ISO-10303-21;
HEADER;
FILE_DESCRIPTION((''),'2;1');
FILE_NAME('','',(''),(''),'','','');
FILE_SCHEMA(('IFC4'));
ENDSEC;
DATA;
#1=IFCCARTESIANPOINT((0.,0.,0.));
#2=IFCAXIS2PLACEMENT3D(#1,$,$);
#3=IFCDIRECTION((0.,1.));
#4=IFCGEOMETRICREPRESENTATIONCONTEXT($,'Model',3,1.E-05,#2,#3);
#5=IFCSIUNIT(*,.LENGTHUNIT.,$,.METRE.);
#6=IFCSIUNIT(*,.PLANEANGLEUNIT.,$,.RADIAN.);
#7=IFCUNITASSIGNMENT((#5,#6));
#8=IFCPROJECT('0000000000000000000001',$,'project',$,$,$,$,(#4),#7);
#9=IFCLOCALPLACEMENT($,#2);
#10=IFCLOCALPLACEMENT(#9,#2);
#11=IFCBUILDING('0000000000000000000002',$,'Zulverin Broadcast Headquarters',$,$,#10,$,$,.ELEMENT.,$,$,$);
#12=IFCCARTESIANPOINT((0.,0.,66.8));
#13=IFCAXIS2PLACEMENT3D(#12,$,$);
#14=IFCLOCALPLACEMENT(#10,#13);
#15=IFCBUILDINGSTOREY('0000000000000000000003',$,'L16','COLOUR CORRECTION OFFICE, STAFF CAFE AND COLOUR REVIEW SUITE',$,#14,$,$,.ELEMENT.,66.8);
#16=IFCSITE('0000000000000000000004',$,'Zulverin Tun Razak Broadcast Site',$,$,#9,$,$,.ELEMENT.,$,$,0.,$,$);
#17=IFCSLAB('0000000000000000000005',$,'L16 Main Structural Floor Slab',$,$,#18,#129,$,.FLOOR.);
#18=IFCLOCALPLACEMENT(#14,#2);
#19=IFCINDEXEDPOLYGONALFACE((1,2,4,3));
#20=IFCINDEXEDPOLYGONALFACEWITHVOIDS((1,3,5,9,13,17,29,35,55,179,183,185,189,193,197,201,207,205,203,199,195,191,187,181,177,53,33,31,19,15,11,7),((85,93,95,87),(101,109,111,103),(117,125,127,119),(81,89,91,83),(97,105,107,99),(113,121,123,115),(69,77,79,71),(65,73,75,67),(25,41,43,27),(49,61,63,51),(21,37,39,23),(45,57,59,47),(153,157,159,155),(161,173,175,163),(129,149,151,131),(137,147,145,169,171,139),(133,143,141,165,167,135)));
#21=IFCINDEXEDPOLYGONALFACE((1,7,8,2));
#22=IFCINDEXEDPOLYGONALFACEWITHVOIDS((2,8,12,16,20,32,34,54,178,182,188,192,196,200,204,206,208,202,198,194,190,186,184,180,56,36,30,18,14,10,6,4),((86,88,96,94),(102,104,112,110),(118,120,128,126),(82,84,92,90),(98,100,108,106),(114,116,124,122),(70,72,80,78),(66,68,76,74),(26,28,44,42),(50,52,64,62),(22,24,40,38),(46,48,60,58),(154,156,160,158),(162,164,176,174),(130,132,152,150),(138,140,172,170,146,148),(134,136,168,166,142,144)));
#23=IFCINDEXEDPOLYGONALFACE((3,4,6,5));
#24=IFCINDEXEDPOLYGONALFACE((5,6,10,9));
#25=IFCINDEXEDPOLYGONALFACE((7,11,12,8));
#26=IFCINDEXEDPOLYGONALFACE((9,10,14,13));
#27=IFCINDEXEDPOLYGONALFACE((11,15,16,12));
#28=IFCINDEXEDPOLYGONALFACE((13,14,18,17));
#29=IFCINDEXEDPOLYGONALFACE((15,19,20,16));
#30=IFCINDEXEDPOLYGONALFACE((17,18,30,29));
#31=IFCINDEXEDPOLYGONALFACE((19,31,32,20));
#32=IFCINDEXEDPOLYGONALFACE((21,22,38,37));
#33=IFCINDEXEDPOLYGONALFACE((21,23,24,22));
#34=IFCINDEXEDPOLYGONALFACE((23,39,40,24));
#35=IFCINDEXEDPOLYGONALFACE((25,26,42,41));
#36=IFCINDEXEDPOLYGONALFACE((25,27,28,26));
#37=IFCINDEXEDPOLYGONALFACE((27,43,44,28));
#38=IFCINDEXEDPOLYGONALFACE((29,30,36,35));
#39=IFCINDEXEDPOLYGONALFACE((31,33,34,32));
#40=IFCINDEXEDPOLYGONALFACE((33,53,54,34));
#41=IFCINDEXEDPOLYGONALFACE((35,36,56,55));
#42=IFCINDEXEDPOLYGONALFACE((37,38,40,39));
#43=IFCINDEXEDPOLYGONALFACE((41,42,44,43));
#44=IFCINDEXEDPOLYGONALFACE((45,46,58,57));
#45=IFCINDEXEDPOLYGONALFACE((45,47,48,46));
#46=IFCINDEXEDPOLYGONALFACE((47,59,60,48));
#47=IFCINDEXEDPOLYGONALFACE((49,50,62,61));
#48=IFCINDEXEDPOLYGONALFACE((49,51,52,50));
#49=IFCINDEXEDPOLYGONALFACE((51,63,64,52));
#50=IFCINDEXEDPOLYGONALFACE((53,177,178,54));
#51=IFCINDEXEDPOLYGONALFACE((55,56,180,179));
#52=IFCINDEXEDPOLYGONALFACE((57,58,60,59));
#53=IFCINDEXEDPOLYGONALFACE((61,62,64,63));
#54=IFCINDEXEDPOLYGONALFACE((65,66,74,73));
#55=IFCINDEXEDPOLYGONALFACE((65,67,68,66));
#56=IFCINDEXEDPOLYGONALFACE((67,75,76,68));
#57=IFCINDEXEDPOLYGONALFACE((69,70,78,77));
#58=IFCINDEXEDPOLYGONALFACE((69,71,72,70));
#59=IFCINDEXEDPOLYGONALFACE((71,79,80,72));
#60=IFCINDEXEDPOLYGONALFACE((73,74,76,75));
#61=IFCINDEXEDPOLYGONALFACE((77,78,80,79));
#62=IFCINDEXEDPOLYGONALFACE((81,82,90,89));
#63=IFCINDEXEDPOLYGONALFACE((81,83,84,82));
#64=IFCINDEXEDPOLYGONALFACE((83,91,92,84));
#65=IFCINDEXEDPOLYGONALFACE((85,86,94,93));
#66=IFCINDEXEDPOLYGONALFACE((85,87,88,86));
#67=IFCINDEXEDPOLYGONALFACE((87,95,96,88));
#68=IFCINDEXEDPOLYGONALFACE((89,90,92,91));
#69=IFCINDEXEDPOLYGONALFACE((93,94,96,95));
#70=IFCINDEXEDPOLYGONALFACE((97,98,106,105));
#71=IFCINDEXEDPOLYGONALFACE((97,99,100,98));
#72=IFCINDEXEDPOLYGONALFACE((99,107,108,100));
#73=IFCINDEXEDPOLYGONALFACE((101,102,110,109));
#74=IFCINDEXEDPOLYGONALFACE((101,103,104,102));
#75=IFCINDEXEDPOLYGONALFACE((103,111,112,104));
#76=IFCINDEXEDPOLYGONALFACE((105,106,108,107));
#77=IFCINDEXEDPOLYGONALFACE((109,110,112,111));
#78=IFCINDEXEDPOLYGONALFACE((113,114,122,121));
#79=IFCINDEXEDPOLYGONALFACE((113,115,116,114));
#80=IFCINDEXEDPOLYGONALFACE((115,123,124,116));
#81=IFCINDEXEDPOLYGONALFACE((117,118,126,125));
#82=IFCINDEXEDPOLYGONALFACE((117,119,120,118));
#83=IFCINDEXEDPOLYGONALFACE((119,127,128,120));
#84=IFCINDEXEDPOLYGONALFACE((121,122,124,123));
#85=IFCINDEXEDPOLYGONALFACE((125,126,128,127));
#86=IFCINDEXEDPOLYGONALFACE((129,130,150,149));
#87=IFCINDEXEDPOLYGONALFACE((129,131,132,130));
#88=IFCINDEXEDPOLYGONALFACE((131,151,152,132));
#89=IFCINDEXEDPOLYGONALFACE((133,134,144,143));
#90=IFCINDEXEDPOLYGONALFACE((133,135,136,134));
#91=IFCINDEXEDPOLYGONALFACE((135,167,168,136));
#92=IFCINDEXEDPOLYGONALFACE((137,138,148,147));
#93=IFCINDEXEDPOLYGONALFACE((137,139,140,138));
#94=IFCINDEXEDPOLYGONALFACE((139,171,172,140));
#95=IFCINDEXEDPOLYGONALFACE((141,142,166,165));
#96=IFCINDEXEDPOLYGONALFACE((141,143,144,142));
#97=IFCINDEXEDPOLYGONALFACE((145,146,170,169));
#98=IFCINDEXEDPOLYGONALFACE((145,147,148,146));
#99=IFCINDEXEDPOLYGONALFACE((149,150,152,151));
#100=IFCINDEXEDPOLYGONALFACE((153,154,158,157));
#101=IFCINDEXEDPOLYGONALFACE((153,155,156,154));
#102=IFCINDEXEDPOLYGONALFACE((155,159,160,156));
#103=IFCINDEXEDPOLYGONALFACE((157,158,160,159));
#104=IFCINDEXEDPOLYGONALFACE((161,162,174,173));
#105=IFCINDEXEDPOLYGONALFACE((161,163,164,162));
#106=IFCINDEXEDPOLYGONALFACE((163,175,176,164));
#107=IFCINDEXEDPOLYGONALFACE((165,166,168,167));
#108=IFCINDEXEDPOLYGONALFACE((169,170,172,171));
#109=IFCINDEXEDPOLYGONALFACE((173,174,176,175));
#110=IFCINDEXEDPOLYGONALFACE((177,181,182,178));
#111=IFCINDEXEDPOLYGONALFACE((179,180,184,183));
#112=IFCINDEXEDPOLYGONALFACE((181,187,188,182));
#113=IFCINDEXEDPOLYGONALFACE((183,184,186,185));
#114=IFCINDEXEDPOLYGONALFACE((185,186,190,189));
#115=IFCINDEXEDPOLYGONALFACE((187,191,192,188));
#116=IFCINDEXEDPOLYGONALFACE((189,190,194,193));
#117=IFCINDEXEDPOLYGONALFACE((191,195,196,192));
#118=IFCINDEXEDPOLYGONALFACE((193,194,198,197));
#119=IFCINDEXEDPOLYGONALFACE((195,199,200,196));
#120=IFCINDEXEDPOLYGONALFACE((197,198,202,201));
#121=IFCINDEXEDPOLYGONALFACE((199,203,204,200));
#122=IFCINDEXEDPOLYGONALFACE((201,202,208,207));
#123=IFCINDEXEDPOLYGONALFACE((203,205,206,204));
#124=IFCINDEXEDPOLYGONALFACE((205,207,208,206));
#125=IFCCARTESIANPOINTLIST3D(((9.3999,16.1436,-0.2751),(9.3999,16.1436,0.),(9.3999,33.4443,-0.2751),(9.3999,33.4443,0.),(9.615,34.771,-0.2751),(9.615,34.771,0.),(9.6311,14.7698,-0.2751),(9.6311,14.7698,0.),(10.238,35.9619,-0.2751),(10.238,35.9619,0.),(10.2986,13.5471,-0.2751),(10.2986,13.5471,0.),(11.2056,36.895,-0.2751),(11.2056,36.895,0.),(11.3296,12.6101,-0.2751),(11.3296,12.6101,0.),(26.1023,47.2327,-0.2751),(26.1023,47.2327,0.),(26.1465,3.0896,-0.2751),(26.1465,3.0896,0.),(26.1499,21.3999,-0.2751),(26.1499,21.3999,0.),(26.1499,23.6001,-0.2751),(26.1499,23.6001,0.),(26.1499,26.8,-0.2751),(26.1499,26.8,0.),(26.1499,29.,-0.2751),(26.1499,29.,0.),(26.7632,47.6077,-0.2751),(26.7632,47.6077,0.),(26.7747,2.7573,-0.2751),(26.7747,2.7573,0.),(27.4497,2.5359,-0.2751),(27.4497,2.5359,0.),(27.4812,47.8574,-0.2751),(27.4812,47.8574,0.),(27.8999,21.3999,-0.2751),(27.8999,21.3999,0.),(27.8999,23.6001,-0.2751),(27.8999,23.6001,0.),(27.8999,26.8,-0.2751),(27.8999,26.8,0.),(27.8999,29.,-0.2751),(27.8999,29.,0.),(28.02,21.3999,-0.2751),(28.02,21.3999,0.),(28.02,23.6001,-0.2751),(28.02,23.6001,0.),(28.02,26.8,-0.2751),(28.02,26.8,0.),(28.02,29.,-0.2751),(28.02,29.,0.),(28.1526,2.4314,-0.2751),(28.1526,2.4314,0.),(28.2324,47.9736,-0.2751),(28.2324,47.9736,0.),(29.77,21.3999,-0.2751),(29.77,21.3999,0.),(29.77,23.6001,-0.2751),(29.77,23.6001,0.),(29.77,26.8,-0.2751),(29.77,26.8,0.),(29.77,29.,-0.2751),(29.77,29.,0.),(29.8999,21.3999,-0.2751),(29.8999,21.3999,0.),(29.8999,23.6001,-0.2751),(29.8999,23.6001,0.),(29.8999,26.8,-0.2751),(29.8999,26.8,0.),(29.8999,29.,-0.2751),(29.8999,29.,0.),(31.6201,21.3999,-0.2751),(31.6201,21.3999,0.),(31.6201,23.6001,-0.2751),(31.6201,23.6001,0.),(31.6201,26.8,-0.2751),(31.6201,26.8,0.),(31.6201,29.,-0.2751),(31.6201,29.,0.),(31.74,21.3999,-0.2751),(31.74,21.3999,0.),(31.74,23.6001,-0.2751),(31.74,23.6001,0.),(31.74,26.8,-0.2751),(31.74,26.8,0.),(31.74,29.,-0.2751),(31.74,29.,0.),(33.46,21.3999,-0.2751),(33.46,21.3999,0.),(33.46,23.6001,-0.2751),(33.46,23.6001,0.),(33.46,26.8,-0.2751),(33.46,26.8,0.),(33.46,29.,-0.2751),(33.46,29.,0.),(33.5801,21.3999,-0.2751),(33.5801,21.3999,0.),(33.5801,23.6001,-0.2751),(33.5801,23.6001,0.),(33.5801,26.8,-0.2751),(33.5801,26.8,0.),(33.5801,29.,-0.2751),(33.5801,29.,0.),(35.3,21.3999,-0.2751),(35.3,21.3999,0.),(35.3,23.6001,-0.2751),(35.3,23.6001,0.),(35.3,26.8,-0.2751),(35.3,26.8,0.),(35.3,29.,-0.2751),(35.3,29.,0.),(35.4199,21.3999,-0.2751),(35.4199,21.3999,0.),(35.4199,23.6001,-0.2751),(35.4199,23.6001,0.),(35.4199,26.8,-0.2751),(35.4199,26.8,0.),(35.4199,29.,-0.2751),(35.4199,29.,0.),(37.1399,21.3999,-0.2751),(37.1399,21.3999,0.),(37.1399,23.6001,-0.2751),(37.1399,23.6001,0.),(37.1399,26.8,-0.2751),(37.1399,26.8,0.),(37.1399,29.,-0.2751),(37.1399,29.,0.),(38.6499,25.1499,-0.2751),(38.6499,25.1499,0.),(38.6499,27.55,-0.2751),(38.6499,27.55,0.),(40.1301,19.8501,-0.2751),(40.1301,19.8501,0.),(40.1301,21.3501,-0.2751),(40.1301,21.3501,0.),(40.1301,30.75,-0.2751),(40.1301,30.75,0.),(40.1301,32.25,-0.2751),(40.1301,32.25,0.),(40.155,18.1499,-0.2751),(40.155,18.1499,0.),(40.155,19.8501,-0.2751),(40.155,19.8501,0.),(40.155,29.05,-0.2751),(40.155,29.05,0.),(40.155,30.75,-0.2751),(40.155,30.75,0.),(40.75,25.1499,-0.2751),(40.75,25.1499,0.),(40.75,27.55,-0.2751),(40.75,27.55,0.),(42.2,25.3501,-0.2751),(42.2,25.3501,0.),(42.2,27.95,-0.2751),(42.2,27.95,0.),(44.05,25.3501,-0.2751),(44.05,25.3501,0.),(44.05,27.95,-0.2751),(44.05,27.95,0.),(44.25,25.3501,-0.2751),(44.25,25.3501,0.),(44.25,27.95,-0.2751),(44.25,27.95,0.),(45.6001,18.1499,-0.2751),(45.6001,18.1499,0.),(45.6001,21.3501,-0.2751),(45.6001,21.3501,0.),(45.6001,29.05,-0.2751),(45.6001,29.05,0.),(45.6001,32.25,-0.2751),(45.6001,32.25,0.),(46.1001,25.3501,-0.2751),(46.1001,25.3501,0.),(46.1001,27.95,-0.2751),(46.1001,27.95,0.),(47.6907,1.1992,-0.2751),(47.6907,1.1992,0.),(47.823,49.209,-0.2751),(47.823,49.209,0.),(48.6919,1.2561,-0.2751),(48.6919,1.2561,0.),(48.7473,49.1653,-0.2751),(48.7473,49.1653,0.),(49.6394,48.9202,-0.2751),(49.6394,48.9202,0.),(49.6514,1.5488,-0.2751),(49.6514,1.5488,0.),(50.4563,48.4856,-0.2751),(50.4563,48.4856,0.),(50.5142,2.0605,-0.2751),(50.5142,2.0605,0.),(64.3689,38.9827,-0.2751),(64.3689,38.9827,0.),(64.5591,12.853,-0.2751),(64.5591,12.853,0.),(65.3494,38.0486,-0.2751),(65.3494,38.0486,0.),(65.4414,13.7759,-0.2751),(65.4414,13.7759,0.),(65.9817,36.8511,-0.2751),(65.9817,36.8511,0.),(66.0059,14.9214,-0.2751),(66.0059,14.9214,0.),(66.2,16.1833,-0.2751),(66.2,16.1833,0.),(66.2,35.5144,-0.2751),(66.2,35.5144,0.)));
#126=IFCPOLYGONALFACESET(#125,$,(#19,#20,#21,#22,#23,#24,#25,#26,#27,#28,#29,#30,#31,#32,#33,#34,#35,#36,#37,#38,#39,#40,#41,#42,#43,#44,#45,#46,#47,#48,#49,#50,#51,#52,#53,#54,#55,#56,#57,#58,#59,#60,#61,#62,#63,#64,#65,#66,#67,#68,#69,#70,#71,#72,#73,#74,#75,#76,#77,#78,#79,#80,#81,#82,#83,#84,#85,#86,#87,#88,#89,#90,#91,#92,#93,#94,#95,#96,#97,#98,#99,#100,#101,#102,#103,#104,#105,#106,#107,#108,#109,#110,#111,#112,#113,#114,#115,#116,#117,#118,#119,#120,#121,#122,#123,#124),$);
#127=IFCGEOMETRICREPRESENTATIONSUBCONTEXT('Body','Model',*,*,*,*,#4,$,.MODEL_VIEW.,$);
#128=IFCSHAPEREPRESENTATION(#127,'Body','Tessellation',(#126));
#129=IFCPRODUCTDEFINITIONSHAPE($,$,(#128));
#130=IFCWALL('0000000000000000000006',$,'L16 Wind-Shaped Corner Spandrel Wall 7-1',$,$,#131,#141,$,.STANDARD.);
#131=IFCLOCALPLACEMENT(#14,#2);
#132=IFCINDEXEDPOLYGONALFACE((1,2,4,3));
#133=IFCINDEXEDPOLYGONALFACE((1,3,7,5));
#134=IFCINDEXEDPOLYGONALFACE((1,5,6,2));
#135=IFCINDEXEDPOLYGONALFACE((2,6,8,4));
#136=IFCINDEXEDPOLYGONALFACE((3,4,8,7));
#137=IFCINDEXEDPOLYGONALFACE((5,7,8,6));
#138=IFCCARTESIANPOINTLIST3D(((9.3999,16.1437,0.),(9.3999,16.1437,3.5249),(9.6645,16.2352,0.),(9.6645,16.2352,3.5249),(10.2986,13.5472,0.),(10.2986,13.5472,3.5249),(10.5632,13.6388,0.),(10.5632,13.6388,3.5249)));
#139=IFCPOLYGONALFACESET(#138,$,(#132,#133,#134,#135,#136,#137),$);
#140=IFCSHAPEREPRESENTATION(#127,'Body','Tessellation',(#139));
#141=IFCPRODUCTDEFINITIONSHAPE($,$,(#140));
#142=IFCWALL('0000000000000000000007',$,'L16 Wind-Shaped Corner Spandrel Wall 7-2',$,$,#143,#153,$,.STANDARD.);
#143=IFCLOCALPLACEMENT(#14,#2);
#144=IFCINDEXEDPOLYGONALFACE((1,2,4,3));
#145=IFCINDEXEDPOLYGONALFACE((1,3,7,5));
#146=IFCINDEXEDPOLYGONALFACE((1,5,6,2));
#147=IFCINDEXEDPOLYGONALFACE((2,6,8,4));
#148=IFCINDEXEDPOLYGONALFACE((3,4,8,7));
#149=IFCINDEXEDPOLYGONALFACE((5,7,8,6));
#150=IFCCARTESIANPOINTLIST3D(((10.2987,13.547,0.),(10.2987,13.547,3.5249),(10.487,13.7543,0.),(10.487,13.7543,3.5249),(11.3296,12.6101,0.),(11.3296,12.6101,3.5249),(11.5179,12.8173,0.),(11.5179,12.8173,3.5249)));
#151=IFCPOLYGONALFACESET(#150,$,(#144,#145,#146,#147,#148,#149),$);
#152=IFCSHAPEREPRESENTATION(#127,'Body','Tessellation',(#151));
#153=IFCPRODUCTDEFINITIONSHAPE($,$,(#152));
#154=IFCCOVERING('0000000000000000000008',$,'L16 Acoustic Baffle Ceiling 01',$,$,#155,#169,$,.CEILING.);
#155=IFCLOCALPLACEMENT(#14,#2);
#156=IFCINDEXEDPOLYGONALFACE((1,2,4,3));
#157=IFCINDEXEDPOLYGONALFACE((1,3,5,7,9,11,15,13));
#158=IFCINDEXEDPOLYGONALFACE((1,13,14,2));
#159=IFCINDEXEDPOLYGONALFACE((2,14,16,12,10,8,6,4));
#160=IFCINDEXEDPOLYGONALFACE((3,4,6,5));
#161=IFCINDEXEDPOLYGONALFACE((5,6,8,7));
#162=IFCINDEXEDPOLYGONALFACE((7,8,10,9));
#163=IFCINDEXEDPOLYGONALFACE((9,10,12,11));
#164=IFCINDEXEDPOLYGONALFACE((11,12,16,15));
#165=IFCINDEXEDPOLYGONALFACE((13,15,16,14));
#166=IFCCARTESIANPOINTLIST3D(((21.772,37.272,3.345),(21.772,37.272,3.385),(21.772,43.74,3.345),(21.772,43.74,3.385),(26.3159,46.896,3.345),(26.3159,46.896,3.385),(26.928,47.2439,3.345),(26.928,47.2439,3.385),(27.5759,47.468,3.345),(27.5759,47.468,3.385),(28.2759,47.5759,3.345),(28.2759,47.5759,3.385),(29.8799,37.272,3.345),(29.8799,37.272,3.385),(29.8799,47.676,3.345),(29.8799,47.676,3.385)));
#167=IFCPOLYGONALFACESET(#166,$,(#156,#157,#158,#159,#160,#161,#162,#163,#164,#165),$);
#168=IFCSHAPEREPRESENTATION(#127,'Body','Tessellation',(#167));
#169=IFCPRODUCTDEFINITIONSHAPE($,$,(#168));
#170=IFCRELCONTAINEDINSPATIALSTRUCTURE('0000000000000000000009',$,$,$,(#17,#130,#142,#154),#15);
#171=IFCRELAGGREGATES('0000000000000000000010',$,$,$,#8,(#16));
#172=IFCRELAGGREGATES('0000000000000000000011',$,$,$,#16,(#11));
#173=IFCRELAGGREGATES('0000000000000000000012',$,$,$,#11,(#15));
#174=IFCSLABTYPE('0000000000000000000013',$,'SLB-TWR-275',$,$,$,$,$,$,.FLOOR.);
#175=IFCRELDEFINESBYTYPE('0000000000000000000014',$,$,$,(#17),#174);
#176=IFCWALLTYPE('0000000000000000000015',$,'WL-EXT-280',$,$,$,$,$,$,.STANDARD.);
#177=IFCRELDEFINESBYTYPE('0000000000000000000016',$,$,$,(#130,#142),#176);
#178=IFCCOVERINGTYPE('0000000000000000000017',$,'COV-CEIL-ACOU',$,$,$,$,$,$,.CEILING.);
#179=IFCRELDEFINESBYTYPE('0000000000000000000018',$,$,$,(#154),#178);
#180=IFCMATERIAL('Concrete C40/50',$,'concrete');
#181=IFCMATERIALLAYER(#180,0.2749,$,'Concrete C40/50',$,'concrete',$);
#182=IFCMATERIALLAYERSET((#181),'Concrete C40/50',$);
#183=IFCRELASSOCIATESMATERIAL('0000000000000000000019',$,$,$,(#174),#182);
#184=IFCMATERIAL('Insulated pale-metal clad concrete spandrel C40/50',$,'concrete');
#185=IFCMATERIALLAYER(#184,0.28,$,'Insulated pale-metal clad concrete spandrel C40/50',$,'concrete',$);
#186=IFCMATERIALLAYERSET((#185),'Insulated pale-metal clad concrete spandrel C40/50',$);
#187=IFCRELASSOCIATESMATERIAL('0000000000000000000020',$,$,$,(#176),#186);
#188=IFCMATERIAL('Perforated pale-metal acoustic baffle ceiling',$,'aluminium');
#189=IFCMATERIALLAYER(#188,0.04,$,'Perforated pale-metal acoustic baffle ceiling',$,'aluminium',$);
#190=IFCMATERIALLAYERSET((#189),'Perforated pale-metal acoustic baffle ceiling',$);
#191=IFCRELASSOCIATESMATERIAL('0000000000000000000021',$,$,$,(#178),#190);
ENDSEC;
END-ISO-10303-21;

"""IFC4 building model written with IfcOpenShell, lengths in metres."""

from ifc_helpers import new_model, si_unit, direction, frame, frame_2d, origin, place, context, subcontext, project, spatial, polyline, rectangle, outline, extrude, material, layer, layer_set, type_object, element, save


model = new_model("IFC4")

# Units and contexts
model_context = context("Model", 3, precision=1e-05, world=origin(), true_north=direction((0.0, 1.0)))
body_context = subcontext(model_context, "Body", "Model", "MODEL_VIEW")
ifc_project = project(units=[si_unit("LENGTHUNIT", "METRE"), si_unit("PLANEANGLEUNIT", "RADIAN")], contexts=[model_context])

# Site, building, storey
site_placement = place(None, origin())
site = spatial("IfcSite", under=ifc_project, at=site_placement, Name="Zulverin Tun Razak Broadcast Site", CompositionType="ELEMENT", RefElevation=0.0)
building_placement = place(site_placement, origin())
building = spatial("IfcBuilding", under=site, at=building_placement, Name="Zulverin Broadcast Headquarters", CompositionType="ELEMENT")
storey_placement = place(building_placement, frame((0.0, 0.0, 66.8)))
storey = spatial("IfcBuildingStorey", under=building, at=storey_placement, Name="L16", Description="COLOUR CORRECTION OFFICE, STAFF CAFE AND COLOUR REVIEW SUITE", CompositionType="ELEMENT", Elevation=66.8)

# Shared definitions
ifc_material_1 = material(Name="Concrete C40/50", Category="concrete")

# Slab
ifc_layer_1 = layer(ifc_material_1, 0.2749, Name="Concrete C40/50", Category="concrete")
ifc_layer_set_1 = layer_set([ifc_layer_1], Name="Concrete C40/50")
slab_type_1 = type_object("IfcSlabType", Name="SLB-TWR-275", PredefinedType="FLOOR", material=ifc_layer_set_1)
slab_1_placement = place(storey_placement, frame((0.0, 0.0, -0.2751)))
element("IfcSlab", 1, at=slab_1_placement, inside=storey, type_object=slab_type_1, Name="L16 Main Structural Floor Slab", PredefinedType="FLOOR", context=body_context, shape_type="SweptSolid", body=[
    extrude(outline(polyline([(26.1465, 3.0896), (26.7747, 2.7573), (27.4497, 2.5359), (28.1526, 2.4314), (47.6907, 1.1992), (48.6919, 1.2561), (49.6514, 1.5488), (50.5142, 2.0605), (64.5591, 12.853), (65.4414, 13.7759), (66.0059, 14.9214), (66.2, 16.1833), (66.2, 35.5144), (65.9817, 36.8511), (65.3494, 38.0486), (64.3689, 38.9827), (50.4563, 48.4856), (49.6394, 48.9202), (48.7473, 49.1653), (47.823, 49.209), (28.2324, 47.9736), (27.4812, 47.8574), (26.7632, 47.6077), (26.1023, 47.2327), (11.2056, 36.895), (10.238, 35.9619), (9.615, 34.771), (9.3999, 33.4443), (9.3999, 16.1436), (9.6311, 14.7698), (10.2986, 13.5471), (11.3296, 12.6101), (26.1465, 3.0896)]), holes=[polyline([(40.155, 30.75), (40.1301, 30.75), (40.1301, 32.25), (45.6001, 32.25), (45.6001, 29.05), (40.155, 29.05), (40.155, 30.75)]), polyline([(40.155, 19.8501), (40.1301, 19.8501), (40.1301, 21.3501), (45.6001, 21.3501), (45.6001, 18.1499), (40.155, 18.1499), (40.155, 19.8501)]), polyline([(26.1499, 26.8), (27.8999, 26.8), (27.8999, 29.0), (26.1499, 29.0), (26.1499, 26.8)]), polyline([(28.02, 26.8), (29.77, 26.8), (29.77, 29.0), (28.02, 29.0), (28.02, 26.8)]), polyline([(26.1499, 21.3999), (27.8999, 21.3999), (27.8999, 23.6001), (26.1499, 23.6001), (26.1499, 21.3999)]), polyline([(28.02, 21.3999), (29.77, 21.3999), (29.77, 23.6001), (28.02, 23.6001), (28.02, 21.3999)]), polyline([(29.8999, 21.3999), (31.6201, 21.3999), (31.6201, 23.6001), (29.8999, 23.6001), (29.8999, 21.3999)]), polyline([(31.74, 21.3999), (33.46, 21.3999), (33.46, 23.6001), (31.74, 23.6001), (31.74, 21.3999)]), polyline([(33.5801, 21.3999), (35.3, 21.3999), (35.3, 23.6001), (33.5801, 23.6001), (33.5801, 21.3999)]), polyline([(35.4199, 21.3999), (37.1399, 21.3999), (37.1399, 23.6001), (35.4199, 23.6001), (35.4199, 21.3999)]), polyline([(29.8999, 26.8), (31.6201, 26.8), (31.6201, 29.0), (29.8999, 29.0), (29.8999, 26.8)]), polyline([(31.74, 26.8), (33.46, 26.8), (33.46, 29.0), (31.74, 29.0), (31.74, 26.8)]), polyline([(33.5801, 26.8), (35.3, 26.8), (35.3, 29.0), (33.5801, 29.0), (33.5801, 26.8)]), polyline([(35.4199, 26.8), (37.1399, 26.8), (37.1399, 29.0), (35.4199, 29.0), (35.4199, 26.8)]), polyline([(42.2, 25.3501), (44.05, 25.3501), (44.05, 27.95), (42.2, 27.95), (42.2, 25.3501)]), polyline([(44.25, 25.3501), (46.1001, 25.3501), (46.1001, 27.95), (44.25, 27.95), (44.25, 25.3501)]), polyline([(38.6499, 25.1499), (40.75, 25.1499), (40.75, 27.55), (38.6499, 27.55), (38.6499, 25.1499)])]), origin(), (0.0, 0.0, 1.0), 0.2751),
])

# Walls
ifc_material_2 = material(Name="Insulated pale-metal clad concrete spandrel C40/50", Category="concrete")
ifc_layer_2 = layer(ifc_material_2, 0.28, Name="Insulated pale-metal clad concrete spandrel C40/50", Category="concrete")
ifc_layer_set_2 = layer_set([ifc_layer_2], Name="Insulated pale-metal clad concrete spandrel C40/50")
wall_type = type_object("IfcWallType", Name="WL-EXT-280", PredefinedType="STANDARD", material=ifc_layer_set_2)
wall_1_placement = place(storey_placement, frame((9.5322, 16.1895, 0.0), z_axis=(0.0, 0.0, 1.0), x_axis=(0.327083, -0.944996, 0.0)))
element("IfcWall", 2, at=wall_1_placement, inside=storey, type_object=wall_type, Name="L16 Wind-Shaped Corner Spandrel Wall 7-1", PredefinedType="STANDARD", context=body_context, shape_type="SweptSolid", body=[
    extrude(rectangle(XDim=2.7476, YDim=0.28, at=frame_2d((1.3738, 0.0))), origin(), (0.0, 0.0, 1.0), 3.5249),
])
wall_2_placement = place(storey_placement, frame((10.3928, 13.6506, 0.0), z_axis=(0.0, 0.0, 1.0), x_axis=(0.740035, -0.672568, 0.0)))
element("IfcWall", 3, at=wall_2_placement, inside=storey, type_object=wall_type, Name="L16 Wind-Shaped Corner Spandrel Wall 7-2", PredefinedType="STANDARD", context=body_context, shape_type="SweptSolid", body=[
    extrude(rectangle(XDim=1.3931, YDim=0.28, at=frame_2d((0.6965, 0.0))), origin(), (0.0, 0.0, 1.0), 3.5249),
])

# Covering
ifc_material_3 = material(Name="Perforated pale-metal acoustic baffle ceiling", Category="aluminium")
ifc_layer_3 = layer(ifc_material_3, 0.04, Name="Perforated pale-metal acoustic baffle ceiling", Category="aluminium")
ifc_layer_set_3 = layer_set([ifc_layer_3], Name="Perforated pale-metal acoustic baffle ceiling")
covering_type_1 = type_object("IfcCoveringType", Name="COV-CEIL-ACOU", PredefinedType="CEILING", material=ifc_layer_set_3)
covering_1_placement = place(storey_placement, frame((0.0, 0.0, 3.345)))
element("IfcCovering", 4, at=covering_1_placement, inside=storey, type_object=covering_type_1, Name="L16 Acoustic Baffle Ceiling 01", PredefinedType="CEILING", context=body_context, shape_type="SweptSolid", body=[
    extrude(outline(polyline([(29.8799, 37.272), (29.8799, 47.676), (28.2759, 47.5759), (27.5759, 47.468), (26.928, 47.2439), (26.3159, 46.896), (21.772, 43.74), (21.772, 37.272), (29.8799, 37.272)])), origin(), (0.0, 0.0, 1.0), 0.04),
])

save(model, "model.ifc")
